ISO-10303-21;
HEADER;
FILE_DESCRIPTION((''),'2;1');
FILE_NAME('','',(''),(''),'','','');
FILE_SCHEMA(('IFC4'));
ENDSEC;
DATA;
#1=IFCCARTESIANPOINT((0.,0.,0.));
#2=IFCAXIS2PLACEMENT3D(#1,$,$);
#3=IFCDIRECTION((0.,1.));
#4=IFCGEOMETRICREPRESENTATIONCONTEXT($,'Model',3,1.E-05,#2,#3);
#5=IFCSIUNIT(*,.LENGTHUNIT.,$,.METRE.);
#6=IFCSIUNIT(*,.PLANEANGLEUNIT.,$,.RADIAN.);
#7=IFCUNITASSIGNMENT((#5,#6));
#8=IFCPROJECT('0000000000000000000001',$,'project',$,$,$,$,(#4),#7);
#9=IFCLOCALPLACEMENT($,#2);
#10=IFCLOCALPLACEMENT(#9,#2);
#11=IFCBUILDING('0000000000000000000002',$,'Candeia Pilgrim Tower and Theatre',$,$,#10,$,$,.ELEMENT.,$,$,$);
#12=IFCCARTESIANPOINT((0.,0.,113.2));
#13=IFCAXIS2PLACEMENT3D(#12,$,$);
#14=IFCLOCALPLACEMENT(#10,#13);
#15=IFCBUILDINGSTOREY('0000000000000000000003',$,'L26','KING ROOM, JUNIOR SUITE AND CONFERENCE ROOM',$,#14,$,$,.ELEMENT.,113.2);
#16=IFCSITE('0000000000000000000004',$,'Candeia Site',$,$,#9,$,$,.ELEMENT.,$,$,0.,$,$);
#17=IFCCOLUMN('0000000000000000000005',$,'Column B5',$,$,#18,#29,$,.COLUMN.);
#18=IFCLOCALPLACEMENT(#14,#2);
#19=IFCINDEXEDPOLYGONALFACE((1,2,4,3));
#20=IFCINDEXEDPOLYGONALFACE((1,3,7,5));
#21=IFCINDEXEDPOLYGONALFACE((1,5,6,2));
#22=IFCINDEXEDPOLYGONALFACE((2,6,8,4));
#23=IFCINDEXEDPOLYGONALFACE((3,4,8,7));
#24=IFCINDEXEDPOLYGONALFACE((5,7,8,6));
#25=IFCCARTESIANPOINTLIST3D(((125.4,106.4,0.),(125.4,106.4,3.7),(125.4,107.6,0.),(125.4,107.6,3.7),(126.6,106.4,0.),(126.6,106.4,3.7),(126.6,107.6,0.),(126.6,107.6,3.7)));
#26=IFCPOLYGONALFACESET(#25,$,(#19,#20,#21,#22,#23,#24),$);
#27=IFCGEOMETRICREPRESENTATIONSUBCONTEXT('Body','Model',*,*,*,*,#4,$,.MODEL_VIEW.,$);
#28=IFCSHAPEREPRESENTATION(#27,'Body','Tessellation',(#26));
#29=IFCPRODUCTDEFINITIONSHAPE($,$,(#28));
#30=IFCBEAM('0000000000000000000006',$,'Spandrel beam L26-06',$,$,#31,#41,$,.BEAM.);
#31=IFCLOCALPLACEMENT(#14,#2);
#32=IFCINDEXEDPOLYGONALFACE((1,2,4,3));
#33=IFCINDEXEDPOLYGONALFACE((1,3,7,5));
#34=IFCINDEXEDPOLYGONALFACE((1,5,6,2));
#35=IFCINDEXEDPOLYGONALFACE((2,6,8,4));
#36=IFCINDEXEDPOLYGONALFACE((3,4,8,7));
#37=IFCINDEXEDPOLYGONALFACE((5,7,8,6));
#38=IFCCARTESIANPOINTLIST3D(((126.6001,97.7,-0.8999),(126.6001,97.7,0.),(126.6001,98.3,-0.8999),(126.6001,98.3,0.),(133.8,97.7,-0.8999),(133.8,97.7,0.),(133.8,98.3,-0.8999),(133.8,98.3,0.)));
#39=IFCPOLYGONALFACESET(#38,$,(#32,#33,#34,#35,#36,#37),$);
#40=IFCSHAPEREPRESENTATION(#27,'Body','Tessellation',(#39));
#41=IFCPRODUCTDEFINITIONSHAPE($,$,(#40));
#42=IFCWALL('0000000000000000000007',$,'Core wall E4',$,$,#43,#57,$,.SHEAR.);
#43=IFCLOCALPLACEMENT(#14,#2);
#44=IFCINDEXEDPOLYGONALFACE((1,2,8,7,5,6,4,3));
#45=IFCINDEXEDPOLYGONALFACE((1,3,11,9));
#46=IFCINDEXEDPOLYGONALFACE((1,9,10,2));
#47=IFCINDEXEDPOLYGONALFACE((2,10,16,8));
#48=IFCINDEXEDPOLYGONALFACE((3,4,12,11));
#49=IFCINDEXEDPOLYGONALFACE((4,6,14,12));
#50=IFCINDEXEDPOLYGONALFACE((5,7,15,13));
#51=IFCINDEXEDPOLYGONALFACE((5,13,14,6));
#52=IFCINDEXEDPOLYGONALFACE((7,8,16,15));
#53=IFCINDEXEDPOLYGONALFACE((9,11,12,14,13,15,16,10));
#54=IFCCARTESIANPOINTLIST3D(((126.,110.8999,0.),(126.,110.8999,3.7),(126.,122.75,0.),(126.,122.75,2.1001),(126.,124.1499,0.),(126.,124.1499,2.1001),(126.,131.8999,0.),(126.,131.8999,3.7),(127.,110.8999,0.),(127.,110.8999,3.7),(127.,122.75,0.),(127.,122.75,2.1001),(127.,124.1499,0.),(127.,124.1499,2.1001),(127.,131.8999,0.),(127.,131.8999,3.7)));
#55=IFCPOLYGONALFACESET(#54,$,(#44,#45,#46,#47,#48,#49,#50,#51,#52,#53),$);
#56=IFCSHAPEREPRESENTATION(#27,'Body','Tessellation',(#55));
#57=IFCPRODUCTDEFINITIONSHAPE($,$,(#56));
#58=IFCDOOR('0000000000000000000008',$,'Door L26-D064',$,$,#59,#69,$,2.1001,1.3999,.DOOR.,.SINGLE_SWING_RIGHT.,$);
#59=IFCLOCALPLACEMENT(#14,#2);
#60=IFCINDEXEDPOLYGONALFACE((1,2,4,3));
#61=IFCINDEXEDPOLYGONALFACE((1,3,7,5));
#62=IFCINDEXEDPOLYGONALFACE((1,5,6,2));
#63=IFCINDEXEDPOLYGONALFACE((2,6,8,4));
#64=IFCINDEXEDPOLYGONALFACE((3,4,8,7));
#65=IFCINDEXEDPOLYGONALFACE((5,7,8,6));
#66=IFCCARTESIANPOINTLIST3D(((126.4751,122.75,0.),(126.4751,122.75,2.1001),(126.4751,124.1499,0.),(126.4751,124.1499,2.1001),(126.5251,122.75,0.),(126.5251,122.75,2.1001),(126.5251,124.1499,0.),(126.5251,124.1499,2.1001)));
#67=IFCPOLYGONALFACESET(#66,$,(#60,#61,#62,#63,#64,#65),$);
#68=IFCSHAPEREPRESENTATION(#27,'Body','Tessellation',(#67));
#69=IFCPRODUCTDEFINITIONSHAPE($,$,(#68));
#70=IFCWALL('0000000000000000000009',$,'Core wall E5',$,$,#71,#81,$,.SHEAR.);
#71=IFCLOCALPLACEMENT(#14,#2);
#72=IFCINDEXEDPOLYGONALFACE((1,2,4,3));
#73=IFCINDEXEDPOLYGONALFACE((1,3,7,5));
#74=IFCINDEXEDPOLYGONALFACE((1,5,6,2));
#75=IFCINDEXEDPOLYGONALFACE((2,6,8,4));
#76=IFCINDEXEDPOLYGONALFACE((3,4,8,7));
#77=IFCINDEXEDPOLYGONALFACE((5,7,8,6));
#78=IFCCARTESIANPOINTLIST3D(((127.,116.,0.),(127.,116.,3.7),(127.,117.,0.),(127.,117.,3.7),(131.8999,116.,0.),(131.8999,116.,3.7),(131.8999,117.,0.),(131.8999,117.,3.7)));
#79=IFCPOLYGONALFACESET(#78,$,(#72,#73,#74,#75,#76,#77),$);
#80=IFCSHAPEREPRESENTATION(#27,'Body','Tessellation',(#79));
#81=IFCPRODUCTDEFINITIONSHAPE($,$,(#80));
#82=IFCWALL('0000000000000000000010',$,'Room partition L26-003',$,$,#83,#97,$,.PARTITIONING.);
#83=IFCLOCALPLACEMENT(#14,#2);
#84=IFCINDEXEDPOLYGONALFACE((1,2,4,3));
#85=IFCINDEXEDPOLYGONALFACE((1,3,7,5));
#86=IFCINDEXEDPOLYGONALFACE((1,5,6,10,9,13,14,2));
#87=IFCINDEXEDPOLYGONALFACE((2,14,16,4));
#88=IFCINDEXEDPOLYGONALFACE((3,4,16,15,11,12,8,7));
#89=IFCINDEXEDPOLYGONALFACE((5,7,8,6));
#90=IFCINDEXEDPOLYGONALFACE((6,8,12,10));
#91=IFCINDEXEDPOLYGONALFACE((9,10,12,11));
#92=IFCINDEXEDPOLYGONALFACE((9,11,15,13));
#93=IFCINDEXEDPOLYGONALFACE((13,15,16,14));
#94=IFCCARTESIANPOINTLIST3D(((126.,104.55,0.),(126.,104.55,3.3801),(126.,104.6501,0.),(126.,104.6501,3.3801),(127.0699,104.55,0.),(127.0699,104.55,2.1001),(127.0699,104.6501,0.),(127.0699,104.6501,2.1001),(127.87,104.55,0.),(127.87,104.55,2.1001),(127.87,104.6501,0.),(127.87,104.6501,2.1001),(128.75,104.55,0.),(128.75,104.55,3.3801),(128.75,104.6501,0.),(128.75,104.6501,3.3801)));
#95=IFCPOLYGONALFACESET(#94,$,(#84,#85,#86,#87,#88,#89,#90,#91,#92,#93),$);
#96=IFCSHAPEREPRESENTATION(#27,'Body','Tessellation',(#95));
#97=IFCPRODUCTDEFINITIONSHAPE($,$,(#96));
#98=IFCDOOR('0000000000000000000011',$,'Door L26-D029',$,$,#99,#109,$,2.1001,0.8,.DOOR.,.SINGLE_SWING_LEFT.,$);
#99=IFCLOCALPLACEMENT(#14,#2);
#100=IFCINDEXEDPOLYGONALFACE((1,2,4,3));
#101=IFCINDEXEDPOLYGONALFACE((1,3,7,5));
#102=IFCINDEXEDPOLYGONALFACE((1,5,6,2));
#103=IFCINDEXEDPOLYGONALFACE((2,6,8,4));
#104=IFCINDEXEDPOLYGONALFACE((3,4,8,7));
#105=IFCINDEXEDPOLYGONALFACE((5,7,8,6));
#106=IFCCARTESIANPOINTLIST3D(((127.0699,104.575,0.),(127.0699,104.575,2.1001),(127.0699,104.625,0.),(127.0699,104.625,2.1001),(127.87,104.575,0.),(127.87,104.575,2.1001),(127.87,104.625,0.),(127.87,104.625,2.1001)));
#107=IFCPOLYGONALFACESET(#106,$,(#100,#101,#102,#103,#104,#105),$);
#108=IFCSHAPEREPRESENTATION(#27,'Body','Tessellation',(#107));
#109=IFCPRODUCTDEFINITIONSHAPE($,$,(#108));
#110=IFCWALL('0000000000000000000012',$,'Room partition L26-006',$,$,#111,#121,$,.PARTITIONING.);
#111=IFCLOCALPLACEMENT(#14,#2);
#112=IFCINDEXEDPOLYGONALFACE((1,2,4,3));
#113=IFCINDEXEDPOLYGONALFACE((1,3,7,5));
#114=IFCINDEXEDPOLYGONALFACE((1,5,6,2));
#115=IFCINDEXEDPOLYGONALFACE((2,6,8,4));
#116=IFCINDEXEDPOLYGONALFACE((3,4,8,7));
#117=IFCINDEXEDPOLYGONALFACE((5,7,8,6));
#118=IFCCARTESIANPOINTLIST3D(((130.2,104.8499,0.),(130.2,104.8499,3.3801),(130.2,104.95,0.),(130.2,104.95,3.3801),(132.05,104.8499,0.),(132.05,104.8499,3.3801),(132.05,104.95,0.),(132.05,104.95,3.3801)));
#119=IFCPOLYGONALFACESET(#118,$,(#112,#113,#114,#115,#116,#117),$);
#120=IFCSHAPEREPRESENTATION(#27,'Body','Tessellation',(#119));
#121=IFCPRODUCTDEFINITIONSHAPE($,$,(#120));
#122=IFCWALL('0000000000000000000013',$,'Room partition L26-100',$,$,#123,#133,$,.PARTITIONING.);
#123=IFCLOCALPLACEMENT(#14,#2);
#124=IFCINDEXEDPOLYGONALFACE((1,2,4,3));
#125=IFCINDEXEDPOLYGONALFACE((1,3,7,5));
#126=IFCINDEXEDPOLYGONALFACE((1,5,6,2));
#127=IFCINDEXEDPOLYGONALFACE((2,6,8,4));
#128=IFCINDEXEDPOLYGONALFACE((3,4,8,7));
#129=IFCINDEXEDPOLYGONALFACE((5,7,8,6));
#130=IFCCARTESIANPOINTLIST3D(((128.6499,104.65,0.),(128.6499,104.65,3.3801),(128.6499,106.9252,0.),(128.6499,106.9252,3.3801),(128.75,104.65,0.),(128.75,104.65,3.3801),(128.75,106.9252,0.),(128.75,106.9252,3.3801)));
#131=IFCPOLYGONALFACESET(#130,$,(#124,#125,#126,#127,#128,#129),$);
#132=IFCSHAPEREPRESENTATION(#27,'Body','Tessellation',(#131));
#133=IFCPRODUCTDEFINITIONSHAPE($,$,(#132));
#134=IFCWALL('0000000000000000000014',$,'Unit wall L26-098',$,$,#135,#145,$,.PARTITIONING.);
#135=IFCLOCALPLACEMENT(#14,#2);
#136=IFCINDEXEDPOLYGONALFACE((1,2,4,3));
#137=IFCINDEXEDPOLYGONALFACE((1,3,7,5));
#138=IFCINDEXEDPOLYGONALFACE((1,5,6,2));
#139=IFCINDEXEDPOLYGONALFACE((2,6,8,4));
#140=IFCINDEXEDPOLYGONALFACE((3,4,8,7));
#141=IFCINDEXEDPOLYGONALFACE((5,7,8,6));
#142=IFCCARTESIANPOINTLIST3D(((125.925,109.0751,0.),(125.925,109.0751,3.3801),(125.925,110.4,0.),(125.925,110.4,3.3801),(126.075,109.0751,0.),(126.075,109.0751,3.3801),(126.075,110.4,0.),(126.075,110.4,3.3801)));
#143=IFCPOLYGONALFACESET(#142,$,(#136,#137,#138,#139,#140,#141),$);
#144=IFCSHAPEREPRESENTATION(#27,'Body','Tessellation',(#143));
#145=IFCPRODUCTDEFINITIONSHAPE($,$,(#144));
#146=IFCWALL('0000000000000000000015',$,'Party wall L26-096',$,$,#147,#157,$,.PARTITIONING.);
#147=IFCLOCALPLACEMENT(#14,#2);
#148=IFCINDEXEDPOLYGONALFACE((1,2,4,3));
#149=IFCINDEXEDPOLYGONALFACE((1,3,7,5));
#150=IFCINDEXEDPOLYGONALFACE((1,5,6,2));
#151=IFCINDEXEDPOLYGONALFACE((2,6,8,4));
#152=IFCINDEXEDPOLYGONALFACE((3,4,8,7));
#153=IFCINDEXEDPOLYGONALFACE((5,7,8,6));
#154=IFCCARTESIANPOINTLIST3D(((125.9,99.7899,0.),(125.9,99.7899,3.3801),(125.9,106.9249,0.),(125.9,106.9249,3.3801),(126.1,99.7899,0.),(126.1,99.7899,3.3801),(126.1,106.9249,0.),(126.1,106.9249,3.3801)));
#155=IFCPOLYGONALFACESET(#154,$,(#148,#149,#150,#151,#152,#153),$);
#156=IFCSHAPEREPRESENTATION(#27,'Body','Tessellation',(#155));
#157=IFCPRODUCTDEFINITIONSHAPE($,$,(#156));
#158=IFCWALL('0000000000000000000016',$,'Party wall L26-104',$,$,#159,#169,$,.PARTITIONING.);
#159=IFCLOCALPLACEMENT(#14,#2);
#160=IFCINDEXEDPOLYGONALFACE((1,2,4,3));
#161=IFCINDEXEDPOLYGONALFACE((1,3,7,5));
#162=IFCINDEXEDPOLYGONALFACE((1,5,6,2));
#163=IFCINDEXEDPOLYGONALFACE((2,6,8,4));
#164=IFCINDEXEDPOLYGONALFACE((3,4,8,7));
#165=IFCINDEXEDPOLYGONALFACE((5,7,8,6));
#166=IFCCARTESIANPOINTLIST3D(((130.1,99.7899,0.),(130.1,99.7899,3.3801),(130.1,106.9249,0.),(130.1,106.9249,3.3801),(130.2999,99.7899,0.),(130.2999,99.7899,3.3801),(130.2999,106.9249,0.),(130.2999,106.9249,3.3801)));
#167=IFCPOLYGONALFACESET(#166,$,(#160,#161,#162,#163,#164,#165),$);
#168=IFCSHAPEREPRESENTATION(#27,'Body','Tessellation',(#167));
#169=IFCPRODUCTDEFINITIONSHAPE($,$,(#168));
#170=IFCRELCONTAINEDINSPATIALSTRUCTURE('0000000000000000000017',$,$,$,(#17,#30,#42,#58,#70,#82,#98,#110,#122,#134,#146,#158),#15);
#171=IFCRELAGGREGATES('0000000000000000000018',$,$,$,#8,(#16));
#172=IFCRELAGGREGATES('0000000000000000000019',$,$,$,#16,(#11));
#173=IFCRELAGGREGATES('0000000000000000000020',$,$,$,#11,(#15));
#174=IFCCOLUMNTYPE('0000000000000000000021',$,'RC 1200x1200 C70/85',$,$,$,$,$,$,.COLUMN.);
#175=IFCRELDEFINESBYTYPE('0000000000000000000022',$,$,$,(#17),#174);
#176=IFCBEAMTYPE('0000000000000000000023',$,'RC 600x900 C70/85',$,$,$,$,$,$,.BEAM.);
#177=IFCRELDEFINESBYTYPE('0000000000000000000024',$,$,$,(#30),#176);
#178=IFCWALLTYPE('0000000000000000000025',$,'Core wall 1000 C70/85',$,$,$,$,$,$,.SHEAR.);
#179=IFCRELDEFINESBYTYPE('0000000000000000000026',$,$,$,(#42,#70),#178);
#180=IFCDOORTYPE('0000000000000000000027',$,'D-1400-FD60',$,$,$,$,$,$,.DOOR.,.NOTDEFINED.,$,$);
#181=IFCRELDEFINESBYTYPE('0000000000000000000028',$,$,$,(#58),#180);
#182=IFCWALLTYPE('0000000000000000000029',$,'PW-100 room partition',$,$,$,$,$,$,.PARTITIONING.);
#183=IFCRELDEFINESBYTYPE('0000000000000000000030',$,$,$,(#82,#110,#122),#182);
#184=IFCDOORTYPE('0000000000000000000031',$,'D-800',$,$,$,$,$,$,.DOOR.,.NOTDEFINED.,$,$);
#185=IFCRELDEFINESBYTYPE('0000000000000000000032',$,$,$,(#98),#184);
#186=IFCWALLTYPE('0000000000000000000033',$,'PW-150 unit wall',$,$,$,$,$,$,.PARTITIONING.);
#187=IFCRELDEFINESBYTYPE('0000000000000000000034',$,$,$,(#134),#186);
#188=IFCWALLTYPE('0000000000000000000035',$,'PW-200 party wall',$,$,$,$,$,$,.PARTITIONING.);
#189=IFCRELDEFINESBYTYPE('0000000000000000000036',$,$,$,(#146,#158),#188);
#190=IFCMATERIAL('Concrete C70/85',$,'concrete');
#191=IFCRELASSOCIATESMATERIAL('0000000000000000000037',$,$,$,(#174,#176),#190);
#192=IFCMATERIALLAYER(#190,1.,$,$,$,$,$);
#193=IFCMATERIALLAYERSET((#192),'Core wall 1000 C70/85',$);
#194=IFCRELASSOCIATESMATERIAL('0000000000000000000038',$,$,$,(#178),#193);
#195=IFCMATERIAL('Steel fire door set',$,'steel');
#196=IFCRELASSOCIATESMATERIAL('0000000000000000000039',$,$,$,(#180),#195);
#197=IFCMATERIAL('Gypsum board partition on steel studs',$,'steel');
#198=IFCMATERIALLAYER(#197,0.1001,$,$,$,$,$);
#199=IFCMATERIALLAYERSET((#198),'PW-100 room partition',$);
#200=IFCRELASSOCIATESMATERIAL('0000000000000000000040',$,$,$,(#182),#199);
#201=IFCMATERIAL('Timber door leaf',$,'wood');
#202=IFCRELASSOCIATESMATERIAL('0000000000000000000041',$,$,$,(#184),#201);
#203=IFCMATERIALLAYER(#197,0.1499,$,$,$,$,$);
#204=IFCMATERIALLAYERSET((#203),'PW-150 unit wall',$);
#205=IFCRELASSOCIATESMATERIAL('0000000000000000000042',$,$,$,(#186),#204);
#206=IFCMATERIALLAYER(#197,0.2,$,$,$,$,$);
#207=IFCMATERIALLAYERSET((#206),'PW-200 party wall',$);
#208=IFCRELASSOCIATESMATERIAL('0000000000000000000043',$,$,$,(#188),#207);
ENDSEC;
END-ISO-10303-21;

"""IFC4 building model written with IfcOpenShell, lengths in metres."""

from ifc_helpers import new_model, si_unit, direction, frame, frame_2d, origin, origin_2d, place, context, subcontext, project, spatial, rectangle, extrude, material, layer, layer_set, material_profile, profile_set, type_object, element, fill, save


model = new_model("IFC4")

# Units and contexts
model_context = context("Model", 3, precision=1e-05, world=origin(), true_north=direction((0.0, 1.0)))
body_context = subcontext(model_context, "Body", "Model", "MODEL_VIEW")
ifc_project = project(units=[si_unit("LENGTHUNIT", "METRE"), si_unit("PLANEANGLEUNIT", "RADIAN")], contexts=[model_context])

# Site, building, storey
site_placement = place(None, origin())
site = spatial("IfcSite", under=ifc_project, at=site_placement, Name="Candeia Site", CompositionType="ELEMENT", RefElevation=0.0)
building_placement = place(site_placement, origin())
building = spatial("IfcBuilding", under=site, at=building_placement, Name="Candeia Pilgrim Tower and Theatre", CompositionType="ELEMENT")
storey_placement = place(building_placement, frame((0.0, 0.0, 113.2)))
storey = spatial("IfcBuildingStorey", under=building, at=storey_placement, Name="L26", Description="KING ROOM, JUNIOR SUITE AND CONFERENCE ROOM", CompositionType="ELEMENT", Elevation=113.2)

# Column
ifc_material_1 = material(Name="Concrete C70/85", Category="concrete")
ifc_material_profile_1 = material_profile(ifc_material_1, rectangle(XDim=1.2, YDim=1.2, at=origin_2d()))
ifc_profile_set_1 = profile_set([ifc_material_profile_1], Name="Concrete C70/85")
column_type = type_object("IfcColumnType", Name="RC 1200x1200 C70/85", PredefinedType="COLUMN", material=ifc_profile_set_1)
column_placement = place(storey_placement, frame((126.0, 107.0, 0.0), z_axis=(0.0, 0.0, 1.0), x_axis=(1.0, 0.0, 0.0)))
element("IfcColumn", 1, at=column_placement, inside=storey, type_object=column_type, Name="Column B5", PredefinedType="COLUMN", context=body_context, shape_type="SweptSolid", body=[
    extrude(rectangle(XDim=1.2, YDim=1.2, at=origin_2d()), origin(), (0.0, 0.0, 1.0), 3.7),
])

# Beam
ifc_material_profile_2 = material_profile(ifc_material_1, rectangle(XDim=0.6001, YDim=0.8999, at=origin_2d()))
ifc_profile_set_2 = profile_set([ifc_material_profile_2], Name="Concrete C70/85")
beam_type = type_object("IfcBeamType", Name="RC 600x900 C70/85", PredefinedType="BEAM", material=ifc_profile_set_2)
beam_placement = place(storey_placement, frame((126.6001, 98.0, -0.45), z_axis=(1.0, 0.0, 0.0), x_axis=(0.0, 1.0, 0.0)))
element("IfcBeam", 2, at=beam_placement, inside=storey, type_object=beam_type, Name="Spandrel beam L26-06", PredefinedType="BEAM", context=body_context, shape_type="SweptSolid", body=[
    extrude(rectangle(XDim=0.6001, YDim=0.8999, at=origin_2d()), origin(), (0.0, 0.0, 1.0), 7.2),
])

# Wall, opening, door
ifc_layer_1 = layer(ifc_material_1, 1.0)
ifc_layer_set_1 = layer_set([ifc_layer_1], Name="Core wall 1000 C70/85")
wall_type_1 = type_object("IfcWallType", Name="Core wall 1000 C70/85", PredefinedType="SHEAR", material=ifc_layer_set_1)
wall_1_placement = place(storey_placement, frame((126.5, 110.8999, 0.0), z_axis=(0.0, 0.0, 1.0), x_axis=(0.0, 1.0, 0.0)))
wall_1 = element("IfcWall", 3, at=wall_1_placement, inside=storey, type_object=wall_type_1, Name="Core wall E4", PredefinedType="SHEAR", context=body_context, shape_type="SweptSolid", body=[
    extrude(rectangle(XDim=21.0, YDim=1.0, at=frame_2d((10.5, 0.0))), origin(), (0.0, 0.0, 1.0), 3.7),
])
opening_1_placement = place(wall_1_placement, frame((11.8501, 0.0, 0.0)))
opening_1 = element("IfcOpeningElement", 4, at=opening_1_placement, cuts=wall_1, PredefinedType="OPENING", context=body_context, shape_type="SweptSolid", body=[
    extrude(rectangle(XDim=1.3999, YDim=2.1001, at=frame_2d((0.7, 1.05))), frame((0.0, 0.51, 0.0), z_axis=(0.0, -1.0, 0.0), x_axis=(1.0, 0.0, 0.0)), (0.0, 0.0, 1.0), 1.02),
])
ifc_material_2 = material(Name="Steel fire door set", Category="steel")
door_type_1 = type_object("IfcDoorType", Name="D-1400-FD60", OperationType="NOTDEFINED", PredefinedType="DOOR", material=ifc_material_2)
door_1_placement = place(opening_1_placement, origin())
door_1 = element("IfcDoor", 5, at=door_1_placement, inside=storey, type_object=door_type_1, Name="Door L26-D064", OperationType="SINGLE_SWING_RIGHT", OverallHeight=2.1001, OverallWidth=1.3999, PredefinedType="DOOR", context=body_context, shape_type="SweptSolid", body=[
    extrude(rectangle(XDim=1.3999, YDim=2.1001, at=frame_2d((0.7, 1.05))), frame((0.0, 0.0249, 0.0), z_axis=(0.0, -1.0, 0.0), x_axis=(1.0, 0.0, 0.0)), (0.0, 0.0, 1.0), 0.05),
])
fill(opening_1, door_1)

# Wall
wall_2_placement = place(storey_placement, frame((127.0, 116.5, 0.0), z_axis=(0.0, 0.0, 1.0), x_axis=(1.0, 0.0, 0.0)))
element("IfcWall", 6, at=wall_2_placement, inside=storey, type_object=wall_type_1, Name="Core wall E5", PredefinedType="SHEAR", context=body_context, shape_type="SweptSolid", body=[
    extrude(rectangle(XDim=4.8999, YDim=1.0, at=frame_2d((2.45, 0.0))), origin(), (0.0, 0.0, 1.0), 3.7),
])

# Wall, opening, door
ifc_material_3 = material(Name="Gypsum board partition on steel studs", Category="steel")
ifc_layer_2 = layer(ifc_material_3, 0.1001)
ifc_layer_set_2 = layer_set([ifc_layer_2], Name="PW-100 room partition")
wall_type_2 = type_object("IfcWallType", Name="PW-100 room partition", PredefinedType="PARTITIONING", material=ifc_layer_set_2)
wall_3_placement = place(storey_placement, frame((126.0, 104.6001, 0.0), z_axis=(0.0, 0.0, 1.0), x_axis=(1.0, 0.0, 0.0)))
wall_3 = element("IfcWall", 7, at=wall_3_placement, inside=storey, type_object=wall_type_2, Name="Room partition L26-003", PredefinedType="PARTITIONING", context=body_context, shape_type="SweptSolid", body=[
    extrude(rectangle(XDim=2.75, YDim=0.1001, at=frame_2d((1.375, 0.0))), origin(), (0.0, 0.0, 1.0), 3.3801),
])
opening_2_placement = place(wall_3_placement, frame((1.0701, 0.0, 0.0)))
opening_2 = element("IfcOpeningElement", 8, at=opening_2_placement, cuts=wall_3, PredefinedType="OPENING", context=body_context, shape_type="SweptSolid", body=[
    extrude(rectangle(XDim=0.8, YDim=2.1001, at=frame_2d((0.3999, 1.05))), frame((0.0, 0.0601, 0.0), z_axis=(0.0, -1.0, 0.0), x_axis=(1.0, 0.0, 0.0)), (0.0, 0.0, 1.0), 0.1201),
])
ifc_material_4 = material(Name="Timber door leaf", Category="wood")
door_type_2 = type_object("IfcDoorType", Name="D-800", OperationType="NOTDEFINED", PredefinedType="DOOR", material=ifc_material_4)
door_2_placement = place(opening_2_placement, origin())
door_2 = element("IfcDoor", 9, at=door_2_placement, inside=storey, type_object=door_type_2, Name="Door L26-D029", OperationType="SINGLE_SWING_LEFT", OverallHeight=2.1001, OverallWidth=0.8, PredefinedType="DOOR", context=body_context, shape_type="SweptSolid", body=[
    extrude(rectangle(XDim=0.8, YDim=2.1001, at=frame_2d((0.3999, 1.05))), frame((0.0, 0.0249, 0.0), z_axis=(0.0, -1.0, 0.0), x_axis=(1.0, 0.0, 0.0)), (0.0, 0.0, 1.0), 0.05),
])
fill(opening_2, door_2)

# Walls
wall_4_placement = place(storey_placement, frame((130.2, 104.8999, 0.0), z_axis=(0.0, 0.0, 1.0), x_axis=(1.0, 0.0, 0.0)))
element("IfcWall", 10, at=wall_4_placement, inside=storey, type_object=wall_type_2, Name="Room partition L26-006", PredefinedType="PARTITIONING", context=body_context, shape_type="SweptSolid", body=[
    extrude(rectangle(XDim=1.8501, YDim=0.1001, at=frame_2d((0.925, 0.0))), origin(), (0.0, 0.0, 1.0), 3.3801),
])
wall_5_placement = place(storey_placement, frame((128.7, 104.6499, 0.0), z_axis=(0.0, 0.0, 1.0), x_axis=(0.0, 1.0, 0.0)))
element("IfcWall", 11, at=wall_5_placement, inside=storey, type_object=wall_type_2, Name="Room partition L26-100", PredefinedType="PARTITIONING", context=body_context, shape_type="SweptSolid", body=[
    extrude(rectangle(XDim=2.2751, YDim=0.1001, at=frame_2d((1.1377, 0.0))), origin(), (0.0, 0.0, 1.0), 3.3801),
])
ifc_layer_3 = layer(ifc_material_3, 0.1499)
ifc_layer_set_3 = layer_set([ifc_layer_3], Name="PW-150 unit wall")
wall_type_3 = type_object("IfcWallType", Name="PW-150 unit wall", PredefinedType="PARTITIONING", material=ifc_layer_set_3)
wall_6_placement = place(storey_placement, frame((126.0, 109.075, 0.0), z_axis=(0.0, 0.0, 1.0), x_axis=(0.0, 1.0, 0.0)))
element("IfcWall", 12, at=wall_6_placement, inside=storey, type_object=wall_type_3, Name="Unit wall L26-098", PredefinedType="PARTITIONING", context=body_context, shape_type="SweptSolid", body=[
    extrude(rectangle(XDim=1.325, YDim=0.1499, at=frame_2d((0.6626, 0.0))), origin(), (0.0, 0.0, 1.0), 3.3801),
])
ifc_layer_4 = layer(ifc_material_3, 0.2)
ifc_layer_set_4 = layer_set([ifc_layer_4], Name="PW-200 party wall")
wall_type_4 = type_object("IfcWallType", Name="PW-200 party wall", PredefinedType="PARTITIONING", material=ifc_layer_set_4)
for number, where, z_axis, x_axis, name in (
    (13, (126.0, 99.79, 0.0), (0.0, 0.0, 1.0), (0.0, 1.0, 0.0), "Party wall L26-096"),
    (14, (130.2, 99.79, 0.0), (0.0, 0.0, 1.0), (0.0, 1.0, 0.0), "Party wall L26-104"),
):
    element("IfcWall", number, at=place(storey_placement, frame(where, z_axis=z_axis, x_axis=x_axis)), inside=storey, type_object=wall_type_4, Name=name, PredefinedType="PARTITIONING", context=body_context, shape_type="SweptSolid", body=[
        extrude(rectangle(XDim=7.135, YDim=0.2, at=frame_2d((3.5674, 0.0))), origin(), (0.0, 0.0, 1.0), 3.3801),
    ])

save(model, "model.ifc")
